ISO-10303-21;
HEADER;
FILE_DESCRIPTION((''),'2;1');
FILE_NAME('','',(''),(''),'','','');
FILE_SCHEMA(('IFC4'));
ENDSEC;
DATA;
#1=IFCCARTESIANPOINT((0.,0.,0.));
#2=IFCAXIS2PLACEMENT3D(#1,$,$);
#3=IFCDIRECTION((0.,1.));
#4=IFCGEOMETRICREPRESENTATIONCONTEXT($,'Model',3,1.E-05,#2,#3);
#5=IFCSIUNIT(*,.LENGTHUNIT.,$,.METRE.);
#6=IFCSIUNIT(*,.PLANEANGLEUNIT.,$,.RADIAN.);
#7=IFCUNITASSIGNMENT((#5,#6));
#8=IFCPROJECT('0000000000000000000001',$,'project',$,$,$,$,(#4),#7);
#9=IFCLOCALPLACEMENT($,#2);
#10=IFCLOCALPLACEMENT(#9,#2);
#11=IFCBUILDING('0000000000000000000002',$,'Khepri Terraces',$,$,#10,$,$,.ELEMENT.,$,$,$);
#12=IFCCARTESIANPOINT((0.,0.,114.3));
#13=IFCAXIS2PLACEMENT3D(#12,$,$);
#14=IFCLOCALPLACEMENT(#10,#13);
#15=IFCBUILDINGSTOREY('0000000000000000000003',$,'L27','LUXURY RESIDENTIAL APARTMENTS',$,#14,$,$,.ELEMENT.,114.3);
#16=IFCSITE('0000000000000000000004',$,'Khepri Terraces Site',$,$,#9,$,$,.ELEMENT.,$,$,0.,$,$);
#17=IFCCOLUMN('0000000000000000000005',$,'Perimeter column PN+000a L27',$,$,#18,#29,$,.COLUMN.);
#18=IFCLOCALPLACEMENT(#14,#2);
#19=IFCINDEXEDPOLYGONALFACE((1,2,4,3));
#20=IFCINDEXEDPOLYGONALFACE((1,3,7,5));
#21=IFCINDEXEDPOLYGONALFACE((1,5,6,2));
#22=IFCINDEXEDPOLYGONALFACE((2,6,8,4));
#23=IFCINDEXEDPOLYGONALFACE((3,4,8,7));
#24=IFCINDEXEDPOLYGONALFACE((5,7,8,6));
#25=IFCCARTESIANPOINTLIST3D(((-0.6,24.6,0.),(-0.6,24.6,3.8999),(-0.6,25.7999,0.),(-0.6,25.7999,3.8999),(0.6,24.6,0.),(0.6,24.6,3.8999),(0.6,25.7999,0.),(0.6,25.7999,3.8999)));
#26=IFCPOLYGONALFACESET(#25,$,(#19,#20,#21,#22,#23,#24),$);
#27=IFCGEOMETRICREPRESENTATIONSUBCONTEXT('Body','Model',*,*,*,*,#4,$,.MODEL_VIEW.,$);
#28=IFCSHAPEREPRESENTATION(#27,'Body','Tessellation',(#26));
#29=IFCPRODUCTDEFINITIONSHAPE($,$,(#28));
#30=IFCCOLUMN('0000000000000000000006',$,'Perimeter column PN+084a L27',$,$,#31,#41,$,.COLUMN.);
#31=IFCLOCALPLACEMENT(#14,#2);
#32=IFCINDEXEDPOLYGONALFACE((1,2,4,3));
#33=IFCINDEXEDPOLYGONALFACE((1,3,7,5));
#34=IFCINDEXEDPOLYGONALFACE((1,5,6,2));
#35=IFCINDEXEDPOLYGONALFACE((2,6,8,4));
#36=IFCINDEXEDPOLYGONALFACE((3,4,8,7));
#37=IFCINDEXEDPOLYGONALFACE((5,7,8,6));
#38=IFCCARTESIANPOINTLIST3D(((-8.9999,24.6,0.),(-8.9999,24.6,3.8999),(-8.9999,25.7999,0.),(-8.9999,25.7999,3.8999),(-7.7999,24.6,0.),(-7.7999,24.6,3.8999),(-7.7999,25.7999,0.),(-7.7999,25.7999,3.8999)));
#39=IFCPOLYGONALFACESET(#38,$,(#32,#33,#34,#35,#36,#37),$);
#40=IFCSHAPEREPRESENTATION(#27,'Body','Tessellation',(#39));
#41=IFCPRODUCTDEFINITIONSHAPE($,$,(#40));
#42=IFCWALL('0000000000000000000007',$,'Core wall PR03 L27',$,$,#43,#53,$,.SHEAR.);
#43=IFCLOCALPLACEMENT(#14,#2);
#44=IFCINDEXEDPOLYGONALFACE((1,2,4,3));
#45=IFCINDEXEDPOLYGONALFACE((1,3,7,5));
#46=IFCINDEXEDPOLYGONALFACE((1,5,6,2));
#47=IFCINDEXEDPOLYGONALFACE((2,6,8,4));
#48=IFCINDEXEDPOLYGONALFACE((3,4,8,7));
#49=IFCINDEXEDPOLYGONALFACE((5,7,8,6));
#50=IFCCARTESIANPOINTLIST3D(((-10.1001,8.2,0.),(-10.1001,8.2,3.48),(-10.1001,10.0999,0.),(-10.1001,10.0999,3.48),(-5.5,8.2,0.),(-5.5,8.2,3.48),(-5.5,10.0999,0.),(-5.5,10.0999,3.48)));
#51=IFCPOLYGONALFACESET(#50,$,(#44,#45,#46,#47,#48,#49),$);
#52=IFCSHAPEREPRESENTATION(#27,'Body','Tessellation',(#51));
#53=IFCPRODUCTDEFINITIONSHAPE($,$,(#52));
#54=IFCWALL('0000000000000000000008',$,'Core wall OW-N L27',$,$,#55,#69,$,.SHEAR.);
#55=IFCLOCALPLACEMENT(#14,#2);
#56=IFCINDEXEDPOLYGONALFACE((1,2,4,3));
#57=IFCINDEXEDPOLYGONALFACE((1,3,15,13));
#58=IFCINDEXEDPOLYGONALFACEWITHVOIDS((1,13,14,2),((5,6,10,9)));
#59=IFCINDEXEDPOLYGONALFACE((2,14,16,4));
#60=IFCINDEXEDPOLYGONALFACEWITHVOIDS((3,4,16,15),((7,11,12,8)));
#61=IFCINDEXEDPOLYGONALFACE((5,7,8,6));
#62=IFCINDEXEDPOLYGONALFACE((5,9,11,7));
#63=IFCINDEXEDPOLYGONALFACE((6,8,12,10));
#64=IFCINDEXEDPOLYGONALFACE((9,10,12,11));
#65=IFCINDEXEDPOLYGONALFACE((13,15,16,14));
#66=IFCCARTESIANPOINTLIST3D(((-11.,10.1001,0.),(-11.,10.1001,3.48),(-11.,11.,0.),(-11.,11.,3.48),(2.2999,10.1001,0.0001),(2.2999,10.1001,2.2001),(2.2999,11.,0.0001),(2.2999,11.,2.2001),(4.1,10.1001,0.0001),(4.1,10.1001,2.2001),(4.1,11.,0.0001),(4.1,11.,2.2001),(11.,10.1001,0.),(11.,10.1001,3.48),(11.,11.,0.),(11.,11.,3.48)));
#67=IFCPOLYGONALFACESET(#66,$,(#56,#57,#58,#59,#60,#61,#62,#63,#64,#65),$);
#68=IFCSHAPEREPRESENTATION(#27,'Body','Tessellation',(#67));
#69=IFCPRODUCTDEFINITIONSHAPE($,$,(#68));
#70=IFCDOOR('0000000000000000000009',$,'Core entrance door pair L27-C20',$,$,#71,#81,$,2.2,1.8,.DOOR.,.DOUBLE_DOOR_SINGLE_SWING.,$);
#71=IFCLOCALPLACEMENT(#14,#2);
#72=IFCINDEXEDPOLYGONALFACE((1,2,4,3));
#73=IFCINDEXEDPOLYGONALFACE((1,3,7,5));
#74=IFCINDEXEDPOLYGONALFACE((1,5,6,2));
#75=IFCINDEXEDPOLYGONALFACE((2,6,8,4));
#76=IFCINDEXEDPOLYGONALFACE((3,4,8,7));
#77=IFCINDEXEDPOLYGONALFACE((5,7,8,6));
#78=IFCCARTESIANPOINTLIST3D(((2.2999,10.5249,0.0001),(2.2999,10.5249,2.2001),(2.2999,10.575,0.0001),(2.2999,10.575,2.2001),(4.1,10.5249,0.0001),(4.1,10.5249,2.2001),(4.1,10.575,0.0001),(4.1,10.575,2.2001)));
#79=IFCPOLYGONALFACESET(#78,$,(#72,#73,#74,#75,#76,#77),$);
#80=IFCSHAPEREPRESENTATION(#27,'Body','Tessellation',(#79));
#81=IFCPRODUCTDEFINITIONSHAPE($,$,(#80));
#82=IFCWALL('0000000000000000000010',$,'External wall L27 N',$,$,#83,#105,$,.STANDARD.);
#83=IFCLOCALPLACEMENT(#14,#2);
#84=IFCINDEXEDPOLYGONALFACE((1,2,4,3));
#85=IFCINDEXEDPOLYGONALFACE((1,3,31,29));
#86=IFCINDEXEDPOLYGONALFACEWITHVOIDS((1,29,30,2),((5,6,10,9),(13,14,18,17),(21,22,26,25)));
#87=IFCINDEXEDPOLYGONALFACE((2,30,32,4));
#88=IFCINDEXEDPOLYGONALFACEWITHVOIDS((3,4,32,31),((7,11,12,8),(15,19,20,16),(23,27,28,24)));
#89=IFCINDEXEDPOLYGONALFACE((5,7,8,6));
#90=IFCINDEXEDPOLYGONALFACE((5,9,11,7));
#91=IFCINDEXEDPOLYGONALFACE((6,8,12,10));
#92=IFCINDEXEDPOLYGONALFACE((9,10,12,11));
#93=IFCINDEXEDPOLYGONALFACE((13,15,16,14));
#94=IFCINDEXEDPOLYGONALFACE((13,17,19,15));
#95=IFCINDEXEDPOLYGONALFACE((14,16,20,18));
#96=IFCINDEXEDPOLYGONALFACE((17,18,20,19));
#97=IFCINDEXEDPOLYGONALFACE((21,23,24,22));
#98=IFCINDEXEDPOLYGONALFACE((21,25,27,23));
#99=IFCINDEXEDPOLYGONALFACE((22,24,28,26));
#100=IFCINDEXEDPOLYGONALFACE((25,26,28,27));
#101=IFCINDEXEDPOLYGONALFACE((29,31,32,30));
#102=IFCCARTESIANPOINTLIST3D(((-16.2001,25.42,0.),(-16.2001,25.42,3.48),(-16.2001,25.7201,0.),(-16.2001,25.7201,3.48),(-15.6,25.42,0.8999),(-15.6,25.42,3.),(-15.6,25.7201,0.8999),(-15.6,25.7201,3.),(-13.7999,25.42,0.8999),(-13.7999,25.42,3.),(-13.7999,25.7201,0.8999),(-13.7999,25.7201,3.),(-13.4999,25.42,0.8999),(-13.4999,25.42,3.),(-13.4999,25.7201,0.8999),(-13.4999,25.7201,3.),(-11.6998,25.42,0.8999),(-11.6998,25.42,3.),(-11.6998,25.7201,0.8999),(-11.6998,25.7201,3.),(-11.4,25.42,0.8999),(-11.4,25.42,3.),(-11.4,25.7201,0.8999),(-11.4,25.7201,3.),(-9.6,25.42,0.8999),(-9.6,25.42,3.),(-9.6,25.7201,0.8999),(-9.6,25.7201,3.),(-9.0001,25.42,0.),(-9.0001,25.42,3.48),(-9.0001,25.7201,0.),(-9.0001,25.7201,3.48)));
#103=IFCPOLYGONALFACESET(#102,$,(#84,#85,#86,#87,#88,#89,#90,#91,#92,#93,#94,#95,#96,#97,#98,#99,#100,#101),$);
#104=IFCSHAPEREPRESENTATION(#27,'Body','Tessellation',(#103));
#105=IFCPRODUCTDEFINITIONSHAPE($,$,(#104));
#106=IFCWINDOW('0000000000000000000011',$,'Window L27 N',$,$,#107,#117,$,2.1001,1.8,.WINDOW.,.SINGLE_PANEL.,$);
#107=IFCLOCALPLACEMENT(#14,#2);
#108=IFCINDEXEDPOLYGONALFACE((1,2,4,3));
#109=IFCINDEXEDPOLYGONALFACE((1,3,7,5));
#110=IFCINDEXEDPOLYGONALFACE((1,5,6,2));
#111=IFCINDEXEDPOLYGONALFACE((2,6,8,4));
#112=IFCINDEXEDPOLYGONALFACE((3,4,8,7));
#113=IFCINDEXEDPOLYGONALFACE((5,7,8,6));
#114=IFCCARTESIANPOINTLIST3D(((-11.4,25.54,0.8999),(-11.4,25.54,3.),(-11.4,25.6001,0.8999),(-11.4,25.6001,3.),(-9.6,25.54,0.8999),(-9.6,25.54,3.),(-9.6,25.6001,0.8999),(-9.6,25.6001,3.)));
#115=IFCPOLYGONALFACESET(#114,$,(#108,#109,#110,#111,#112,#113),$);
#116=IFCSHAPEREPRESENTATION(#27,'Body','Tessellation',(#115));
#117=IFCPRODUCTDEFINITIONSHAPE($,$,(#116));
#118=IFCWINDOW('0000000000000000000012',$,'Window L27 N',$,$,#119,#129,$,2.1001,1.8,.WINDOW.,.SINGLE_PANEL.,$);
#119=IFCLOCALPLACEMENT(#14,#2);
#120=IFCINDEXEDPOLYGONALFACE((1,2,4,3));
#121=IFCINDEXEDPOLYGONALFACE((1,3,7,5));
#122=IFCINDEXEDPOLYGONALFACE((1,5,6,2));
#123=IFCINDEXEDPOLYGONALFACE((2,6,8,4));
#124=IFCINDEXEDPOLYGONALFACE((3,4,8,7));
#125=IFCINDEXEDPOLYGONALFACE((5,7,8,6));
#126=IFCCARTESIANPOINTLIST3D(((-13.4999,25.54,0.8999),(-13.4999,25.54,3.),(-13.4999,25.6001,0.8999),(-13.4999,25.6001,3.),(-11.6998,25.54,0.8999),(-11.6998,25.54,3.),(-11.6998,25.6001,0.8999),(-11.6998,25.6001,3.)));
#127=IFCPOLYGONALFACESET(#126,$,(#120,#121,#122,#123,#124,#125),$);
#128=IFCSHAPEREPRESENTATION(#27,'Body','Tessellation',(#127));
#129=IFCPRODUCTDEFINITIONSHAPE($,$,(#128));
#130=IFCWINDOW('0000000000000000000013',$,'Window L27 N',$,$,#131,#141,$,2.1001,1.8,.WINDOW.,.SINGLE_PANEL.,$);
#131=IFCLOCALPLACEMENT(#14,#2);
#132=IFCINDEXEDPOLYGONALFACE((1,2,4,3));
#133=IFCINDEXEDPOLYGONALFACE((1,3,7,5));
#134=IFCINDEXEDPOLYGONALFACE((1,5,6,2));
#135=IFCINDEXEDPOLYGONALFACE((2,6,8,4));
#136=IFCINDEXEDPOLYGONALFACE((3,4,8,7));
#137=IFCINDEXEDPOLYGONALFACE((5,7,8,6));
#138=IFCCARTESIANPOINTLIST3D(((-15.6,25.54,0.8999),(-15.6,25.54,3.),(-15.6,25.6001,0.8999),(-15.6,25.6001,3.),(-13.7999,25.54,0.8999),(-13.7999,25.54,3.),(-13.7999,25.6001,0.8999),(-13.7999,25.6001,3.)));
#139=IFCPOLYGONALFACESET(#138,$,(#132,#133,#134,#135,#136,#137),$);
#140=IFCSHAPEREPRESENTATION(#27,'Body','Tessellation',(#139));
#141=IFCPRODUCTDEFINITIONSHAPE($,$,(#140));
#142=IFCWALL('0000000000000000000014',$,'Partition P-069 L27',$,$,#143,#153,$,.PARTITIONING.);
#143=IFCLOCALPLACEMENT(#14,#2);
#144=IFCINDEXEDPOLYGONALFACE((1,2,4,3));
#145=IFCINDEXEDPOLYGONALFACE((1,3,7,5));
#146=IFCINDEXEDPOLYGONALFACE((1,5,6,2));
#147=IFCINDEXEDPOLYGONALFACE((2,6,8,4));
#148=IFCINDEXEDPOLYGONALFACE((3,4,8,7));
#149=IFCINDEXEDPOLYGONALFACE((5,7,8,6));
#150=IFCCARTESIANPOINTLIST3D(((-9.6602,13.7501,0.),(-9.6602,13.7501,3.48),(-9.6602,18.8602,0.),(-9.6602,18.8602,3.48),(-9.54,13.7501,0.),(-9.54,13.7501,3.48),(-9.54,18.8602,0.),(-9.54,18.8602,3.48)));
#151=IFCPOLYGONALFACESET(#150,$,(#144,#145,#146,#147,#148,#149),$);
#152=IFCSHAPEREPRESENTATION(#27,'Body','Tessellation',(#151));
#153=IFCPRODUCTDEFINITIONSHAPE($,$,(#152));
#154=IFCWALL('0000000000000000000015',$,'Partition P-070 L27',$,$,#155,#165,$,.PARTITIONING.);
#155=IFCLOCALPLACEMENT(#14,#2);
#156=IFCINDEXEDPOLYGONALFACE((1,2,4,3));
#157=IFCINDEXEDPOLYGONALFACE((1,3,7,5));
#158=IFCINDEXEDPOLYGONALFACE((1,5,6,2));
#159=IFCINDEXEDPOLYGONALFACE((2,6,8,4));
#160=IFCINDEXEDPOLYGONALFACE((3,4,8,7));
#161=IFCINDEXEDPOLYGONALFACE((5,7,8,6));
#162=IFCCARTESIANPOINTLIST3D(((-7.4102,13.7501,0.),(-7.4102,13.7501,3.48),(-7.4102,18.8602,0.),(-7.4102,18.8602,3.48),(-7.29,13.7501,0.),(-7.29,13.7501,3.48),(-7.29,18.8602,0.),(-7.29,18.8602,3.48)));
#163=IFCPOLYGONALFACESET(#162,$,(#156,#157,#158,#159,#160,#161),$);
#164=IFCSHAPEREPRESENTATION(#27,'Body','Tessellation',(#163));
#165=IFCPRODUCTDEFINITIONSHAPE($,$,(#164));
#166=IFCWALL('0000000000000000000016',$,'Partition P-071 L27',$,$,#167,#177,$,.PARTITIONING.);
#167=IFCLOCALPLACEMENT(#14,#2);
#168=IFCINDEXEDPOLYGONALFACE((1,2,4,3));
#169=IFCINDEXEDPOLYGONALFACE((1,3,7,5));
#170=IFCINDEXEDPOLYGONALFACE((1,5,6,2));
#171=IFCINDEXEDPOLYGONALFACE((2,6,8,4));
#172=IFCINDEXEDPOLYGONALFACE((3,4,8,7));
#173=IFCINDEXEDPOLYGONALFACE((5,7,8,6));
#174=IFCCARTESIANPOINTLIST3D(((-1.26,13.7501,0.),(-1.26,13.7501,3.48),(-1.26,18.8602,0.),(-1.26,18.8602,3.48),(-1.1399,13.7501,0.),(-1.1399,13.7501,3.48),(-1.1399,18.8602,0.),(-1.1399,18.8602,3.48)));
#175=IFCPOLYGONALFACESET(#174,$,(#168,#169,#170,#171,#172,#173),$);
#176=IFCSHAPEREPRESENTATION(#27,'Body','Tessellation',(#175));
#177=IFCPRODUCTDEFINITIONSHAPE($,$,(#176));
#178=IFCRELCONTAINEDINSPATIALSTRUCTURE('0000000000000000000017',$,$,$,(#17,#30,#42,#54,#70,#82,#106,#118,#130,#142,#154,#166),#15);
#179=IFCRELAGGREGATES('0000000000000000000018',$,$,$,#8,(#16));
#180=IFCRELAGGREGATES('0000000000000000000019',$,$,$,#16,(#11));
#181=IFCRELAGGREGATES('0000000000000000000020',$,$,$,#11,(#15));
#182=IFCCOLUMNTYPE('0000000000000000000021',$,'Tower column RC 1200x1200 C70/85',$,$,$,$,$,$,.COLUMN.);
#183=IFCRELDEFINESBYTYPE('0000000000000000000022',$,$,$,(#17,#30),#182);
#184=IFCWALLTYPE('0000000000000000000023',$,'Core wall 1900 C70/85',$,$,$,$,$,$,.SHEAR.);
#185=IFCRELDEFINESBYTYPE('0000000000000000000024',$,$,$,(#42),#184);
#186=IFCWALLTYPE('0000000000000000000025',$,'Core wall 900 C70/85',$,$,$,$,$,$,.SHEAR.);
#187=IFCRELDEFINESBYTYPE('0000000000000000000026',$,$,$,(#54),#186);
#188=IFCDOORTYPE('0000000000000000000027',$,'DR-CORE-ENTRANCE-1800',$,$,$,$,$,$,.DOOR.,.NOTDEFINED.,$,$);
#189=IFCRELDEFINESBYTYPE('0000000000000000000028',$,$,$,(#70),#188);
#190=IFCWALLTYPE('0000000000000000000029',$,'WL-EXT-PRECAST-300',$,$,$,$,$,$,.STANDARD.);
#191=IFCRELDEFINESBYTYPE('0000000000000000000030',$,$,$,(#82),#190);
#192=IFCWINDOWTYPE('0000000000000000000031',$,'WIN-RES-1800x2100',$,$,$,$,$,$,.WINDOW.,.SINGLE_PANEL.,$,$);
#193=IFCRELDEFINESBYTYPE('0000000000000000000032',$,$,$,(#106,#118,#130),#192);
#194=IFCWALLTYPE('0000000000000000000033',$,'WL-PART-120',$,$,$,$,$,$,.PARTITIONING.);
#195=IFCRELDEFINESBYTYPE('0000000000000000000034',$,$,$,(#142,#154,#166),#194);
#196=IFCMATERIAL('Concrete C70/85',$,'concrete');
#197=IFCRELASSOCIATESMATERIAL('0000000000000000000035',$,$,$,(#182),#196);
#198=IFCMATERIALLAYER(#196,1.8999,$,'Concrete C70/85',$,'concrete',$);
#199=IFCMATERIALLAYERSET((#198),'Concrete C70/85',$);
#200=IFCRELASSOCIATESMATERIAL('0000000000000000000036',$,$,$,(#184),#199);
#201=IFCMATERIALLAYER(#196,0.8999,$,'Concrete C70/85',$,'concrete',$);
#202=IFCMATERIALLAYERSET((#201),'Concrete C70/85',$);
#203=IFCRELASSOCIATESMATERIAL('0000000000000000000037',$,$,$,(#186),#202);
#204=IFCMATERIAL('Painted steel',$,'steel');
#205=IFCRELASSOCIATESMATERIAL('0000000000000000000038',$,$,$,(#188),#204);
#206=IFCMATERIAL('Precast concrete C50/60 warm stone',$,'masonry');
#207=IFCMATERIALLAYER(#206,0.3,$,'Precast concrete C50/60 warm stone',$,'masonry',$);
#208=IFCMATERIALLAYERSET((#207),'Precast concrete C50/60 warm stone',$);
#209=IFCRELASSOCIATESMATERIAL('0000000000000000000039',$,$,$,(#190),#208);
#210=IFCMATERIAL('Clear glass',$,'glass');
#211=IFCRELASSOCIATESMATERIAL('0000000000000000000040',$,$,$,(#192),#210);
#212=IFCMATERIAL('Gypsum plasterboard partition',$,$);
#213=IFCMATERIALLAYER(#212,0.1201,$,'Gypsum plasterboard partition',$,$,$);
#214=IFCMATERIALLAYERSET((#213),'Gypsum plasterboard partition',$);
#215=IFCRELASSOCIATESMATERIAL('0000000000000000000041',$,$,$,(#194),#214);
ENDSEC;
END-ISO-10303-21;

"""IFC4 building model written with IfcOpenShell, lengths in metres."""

from ifc_helpers import new_model, si_unit, direction, frame, frame_2d, origin, origin_2d, place, context, subcontext, project, spatial, rectangle, extrude, material, layer, layer_set, material_profile, profile_set, type_object, element, fill, save


model = new_model("IFC4")

# Units and contexts
model_context = context("Model", 3, precision=1e-05, world=origin(), true_north=direction((0.0, 1.0)))
body_context = subcontext(model_context, "Body", "Model", "MODEL_VIEW")
ifc_project = project(units=[si_unit("LENGTHUNIT", "METRE"), si_unit("PLANEANGLEUNIT", "RADIAN")], contexts=[model_context])

# Site, building, storey
site_placement = place(None, origin())
site = spatial("IfcSite", under=ifc_project, at=site_placement, Name="Khepri Terraces Site", CompositionType="ELEMENT", RefElevation=0.0)
building_placement = place(site_placement, origin())
building = spatial("IfcBuilding", under=site, at=building_placement, Name="Khepri Terraces", CompositionType="ELEMENT")
storey_placement = place(building_placement, frame((0.0, 0.0, 114.3)))
storey = spatial("IfcBuildingStorey", under=building, at=storey_placement, Name="L27", Description="LUXURY RESIDENTIAL APARTMENTS", CompositionType="ELEMENT", Elevation=114.3)

# Columns
ifc_material_1 = material(Name="Concrete C70/85", Category="concrete")
ifc_material_profile = material_profile(ifc_material_1, rectangle(XDim=1.2, YDim=1.2, at=origin_2d()), Name="Concrete C70/85", Category="concrete")
ifc_profile_set = profile_set([ifc_material_profile], Name="Concrete C70/85")
column_type = type_object("IfcColumnType", Name="Tower column RC 1200x1200 C70/85", PredefinedType="COLUMN", material=ifc_profile_set)
for number, where, z_axis, x_axis, name in (
    (1, (0.0, 25.2, 0.0), (0.0, 0.0, 1.0), (1.0, 0.0, 0.0), "Perimeter column PN+000a L27"),
    (2, (-8.3999, 25.2, 0.0), (0.0, 0.0, 1.0), (1.0, 0.0, 0.0), "Perimeter column PN+084a L27"),
):
    element("IfcColumn", number, at=place(storey_placement, frame(where, z_axis=z_axis, x_axis=x_axis)), inside=storey, type_object=column_type, Name=name, PredefinedType="COLUMN", context=body_context, shape_type="SweptSolid", body=[
        extrude(rectangle(XDim=1.2, YDim=1.2, at=origin_2d()), origin(), (0.0, 0.0, 1.0), 3.8999),
    ])

# Wall
ifc_layer_1 = layer(ifc_material_1, 1.8999, Name="Concrete C70/85", Category="concrete")
ifc_layer_set_1 = layer_set([ifc_layer_1], Name="Concrete C70/85")
wall_type_1 = type_object("IfcWallType", Name="Core wall 1900 C70/85", PredefinedType="SHEAR", material=ifc_layer_set_1)
wall_1_placement = place(storey_placement, frame((-10.1001, 9.1499, 0.0), z_axis=(0.0, 0.0, 1.0), x_axis=(1.0, 0.0, 0.0)))
element("IfcWall", 3, at=wall_1_placement, inside=storey, type_object=wall_type_1, Name="Core wall PR03 L27", PredefinedType="SHEAR", context=body_context, shape_type="SweptSolid", body=[
    extrude(rectangle(XDim=4.6001, YDim=1.8999, at=frame_2d((2.3, 0.0))), origin(), (0.0, 0.0, 1.0), 3.48),
])

# Wall, opening, door
ifc_layer_2 = layer(ifc_material_1, 0.8999, Name="Concrete C70/85", Category="concrete")
ifc_layer_set_2 = layer_set([ifc_layer_2], Name="Concrete C70/85")
wall_type_2 = type_object("IfcWallType", Name="Core wall 900 C70/85", PredefinedType="SHEAR", material=ifc_layer_set_2)
wall_2_placement = place(storey_placement, frame((-11.0, 10.55, 0.0), z_axis=(0.0, 0.0, 1.0), x_axis=(1.0, 0.0, 0.0)))
wall_2 = element("IfcWall", 4, at=wall_2_placement, inside=storey, type_object=wall_type_2, Name="Core wall OW-N L27", PredefinedType="SHEAR", context=body_context, shape_type="SweptSolid", body=[
    extrude(rectangle(XDim=22.0, YDim=0.8999, at=frame_2d((11.0, 0.0))), origin(), (0.0, 0.0, 1.0), 3.48),
])
opening_1_placement = place(wall_2_placement, frame((13.3, 0.0, 0.0)))
opening_1 = element("IfcOpeningElement", 5, at=opening_1_placement, cuts=wall_2, PredefinedType="OPENING", context=body_context, shape_type="SweptSolid", body=[
    extrude(rectangle(XDim=1.8, YDim=2.2, at=frame_2d((0.8999, 1.1001))), frame((0.0, 0.46, 0.0), z_axis=(0.0, -1.0, 0.0), x_axis=(1.0, 0.0, 0.0)), (0.0, 0.0, 1.0), 0.9199),
])
ifc_material_2 = material(Name="Painted steel", Category="steel")
door_type_1 = type_object("IfcDoorType", Name="DR-CORE-ENTRANCE-1800", OperationType="NOTDEFINED", PredefinedType="DOOR", material=ifc_material_2)
door_1_placement = place(opening_1_placement, origin())
door_1 = element("IfcDoor", 6, at=door_1_placement, inside=storey, type_object=door_type_1, Name="Core entrance door pair L27-C20", OperationType="DOUBLE_DOOR_SINGLE_SWING", OverallHeight=2.2, OverallWidth=1.8, PredefinedType="DOOR", context=body_context, shape_type="SweptSolid", body=[
    extrude(rectangle(XDim=1.8, YDim=2.2, at=frame_2d((0.8999, 1.1001))), frame((0.0, 0.0249, 0.0), z_axis=(0.0, -1.0, 0.0), x_axis=(1.0, 0.0, 0.0)), (0.0, 0.0, 1.0), 0.05),
])
fill(opening_1, door_1)

# Shared definitions
ifc_material_3 = material(Name="Precast concrete C50/60 warm stone", Category="masonry")
ifc_layer_3 = layer(ifc_material_3, 0.3, Name="Precast concrete C50/60 warm stone", Category="masonry")
ifc_layer_set_3 = layer_set([ifc_layer_3], Name="Precast concrete C50/60 warm stone")
wall_type_3 = type_object("IfcWallType", Name="WL-EXT-PRECAST-300", PredefinedType="STANDARD", material=ifc_layer_set_3)
ifc_material_4 = material(Name="Clear glass", Category="glass")
window_type = type_object("IfcWindowType", Name="WIN-RES-1800x2100", PartitioningType="SINGLE_PANEL", PredefinedType="WINDOW", material=ifc_material_4)

# Wall, openings, windows
wall_3_placement = place(storey_placement, frame((-9.0, 25.5701, 0.0), z_axis=(0.0, 0.0, 1.0), x_axis=(-1.0, 0.0, 0.0)))
wall_3 = element("IfcWall", 7, at=wall_3_placement, inside=storey, type_object=wall_type_3, Name="External wall L27 N", PredefinedType="STANDARD", context=body_context, shape_type="SweptSolid", body=[
    extrude(rectangle(XDim=7.2, YDim=0.3, at=frame_2d((3.6001, 0.0))), origin(), (0.0, 0.0, 1.0), 3.48),
])
opening_2_placement = place(wall_3_placement, frame((0.6001, 0.0, 0.8999)))
opening_2 = element("IfcOpeningElement", 8, at=opening_2_placement, cuts=wall_3, PredefinedType="OPENING", context=body_context, shape_type="SweptSolid", body=[
    extrude(rectangle(XDim=1.8, YDim=2.1001, at=frame_2d((0.8999, 1.05))), frame((0.0, 0.1602, 0.0), z_axis=(0.0, -1.0, 0.0), x_axis=(1.0, 0.0, 0.0)), (0.0, 0.0, 1.0), 0.3201),
])
opening_3_placement = place(wall_3_placement, frame((2.7, 0.0, 0.8999)))
opening_3 = element("IfcOpeningElement", 9, at=opening_3_placement, cuts=wall_3, PredefinedType="OPENING", context=body_context, shape_type="SweptSolid", body=[
    extrude(rectangle(XDim=1.8, YDim=2.1001, at=frame_2d((0.8999, 1.05))), frame((0.0, 0.1602, 0.0), z_axis=(0.0, -1.0, 0.0), x_axis=(1.0, 0.0, 0.0)), (0.0, 0.0, 1.0), 0.3201),
])
opening_4_placement = place(wall_3_placement, frame((4.8, 0.0, 0.8999)))
opening_4 = element("IfcOpeningElement", 10, at=opening_4_placement, cuts=wall_3, PredefinedType="OPENING", context=body_context, shape_type="SweptSolid", body=[
    extrude(rectangle(XDim=1.8, YDim=2.1001, at=frame_2d((0.8999, 1.05))), frame((0.0, 0.1602, 0.0), z_axis=(0.0, -1.0, 0.0), x_axis=(1.0, 0.0, 0.0)), (0.0, 0.0, 1.0), 0.3201),
])
window_1_placement = place(opening_2_placement, origin())
window_1 = element("IfcWindow", 11, at=window_1_placement, inside=storey, type_object=window_type, Name="Window L27 N", OverallHeight=2.1001, OverallWidth=1.8, PartitioningType="SINGLE_PANEL", PredefinedType="WINDOW", context=body_context, shape_type="SweptSolid", body=[
    extrude(rectangle(XDim=1.8, YDim=2.1001, at=frame_2d((0.8999, 1.05))), frame((0.0, 0.03, 0.0), z_axis=(0.0, -1.0, 0.0), x_axis=(1.0, 0.0, 0.0)), (0.0, 0.0, 1.0), 0.0601),
])
fill(opening_2, window_1)
window_2_placement = place(opening_3_placement, origin())
window_2 = element("IfcWindow", 12, at=window_2_placement, inside=storey, type_object=window_type, Name="Window L27 N", OverallHeight=2.1001, OverallWidth=1.8, PartitioningType="SINGLE_PANEL", PredefinedType="WINDOW", context=body_context, shape_type="SweptSolid", body=[
    extrude(rectangle(XDim=1.8, YDim=2.1001, at=frame_2d((0.8999, 1.05))), frame((0.0, 0.03, 0.0), z_axis=(0.0, -1.0, 0.0), x_axis=(1.0, 0.0, 0.0)), (0.0, 0.0, 1.0), 0.0601),
])
fill(opening_3, window_2)
window_3_placement = place(opening_4_placement, origin())
window_3 = element("IfcWindow", 13, at=window_3_placement, inside=storey, type_object=window_type, Name="Window L27 N", OverallHeight=2.1001, OverallWidth=1.8, PartitioningType="SINGLE_PANEL", PredefinedType="WINDOW", context=body_context, shape_type="SweptSolid", body=[
    extrude(rectangle(XDim=1.8, YDim=2.1001, at=frame_2d((0.8999, 1.05))), frame((0.0, 0.03, 0.0), z_axis=(0.0, -1.0, 0.0), x_axis=(1.0, 0.0, 0.0)), (0.0, 0.0, 1.0), 0.0601),
])
fill(opening_4, window_3)

# Walls
ifc_material_5 = material(Name="Gypsum plasterboard partition")
ifc_layer_4 = layer(ifc_material_5, 0.1201, Name="Gypsum plasterboard partition")
ifc_layer_set_4 = layer_set([ifc_layer_4], Name="Gypsum plasterboard partition")
wall_type_4 = type_object("IfcWallType", Name="WL-PART-120", PredefinedType="PARTITIONING", material=ifc_layer_set_4)
for number, where, z_axis, x_axis, name in (
    (14, (-9.6001, 13.75, 0.0), (0.0, 0.0, 1.0), (0.0, 1.0, 0.0), "Partition P-069 L27"),
    (15, (-7.3501, 13.75, 0.0), (0.0, 0.0, 1.0), (0.0, 1.0, 0.0), "Partition P-070 L27"),
    (16, (-1.2, 13.75, 0.0), (0.0, 0.0, 1.0), (0.0, 1.0, 0.0), "Partition P-071 L27"),
):
    element("IfcWall", number, at=place(storey_placement, frame(where, z_axis=z_axis, x_axis=x_axis)), inside=storey, type_object=wall_type_4, Name=name, PredefinedType="PARTITIONING", context=body_context, shape_type="SweptSolid", body=[
        extrude(rectangle(XDim=5.1101, YDim=0.1201, at=frame_2d((2.5552, 0.0))), origin(), (0.0, 0.0, 1.0), 3.48),
    ])

save(model, "model.ifc")
